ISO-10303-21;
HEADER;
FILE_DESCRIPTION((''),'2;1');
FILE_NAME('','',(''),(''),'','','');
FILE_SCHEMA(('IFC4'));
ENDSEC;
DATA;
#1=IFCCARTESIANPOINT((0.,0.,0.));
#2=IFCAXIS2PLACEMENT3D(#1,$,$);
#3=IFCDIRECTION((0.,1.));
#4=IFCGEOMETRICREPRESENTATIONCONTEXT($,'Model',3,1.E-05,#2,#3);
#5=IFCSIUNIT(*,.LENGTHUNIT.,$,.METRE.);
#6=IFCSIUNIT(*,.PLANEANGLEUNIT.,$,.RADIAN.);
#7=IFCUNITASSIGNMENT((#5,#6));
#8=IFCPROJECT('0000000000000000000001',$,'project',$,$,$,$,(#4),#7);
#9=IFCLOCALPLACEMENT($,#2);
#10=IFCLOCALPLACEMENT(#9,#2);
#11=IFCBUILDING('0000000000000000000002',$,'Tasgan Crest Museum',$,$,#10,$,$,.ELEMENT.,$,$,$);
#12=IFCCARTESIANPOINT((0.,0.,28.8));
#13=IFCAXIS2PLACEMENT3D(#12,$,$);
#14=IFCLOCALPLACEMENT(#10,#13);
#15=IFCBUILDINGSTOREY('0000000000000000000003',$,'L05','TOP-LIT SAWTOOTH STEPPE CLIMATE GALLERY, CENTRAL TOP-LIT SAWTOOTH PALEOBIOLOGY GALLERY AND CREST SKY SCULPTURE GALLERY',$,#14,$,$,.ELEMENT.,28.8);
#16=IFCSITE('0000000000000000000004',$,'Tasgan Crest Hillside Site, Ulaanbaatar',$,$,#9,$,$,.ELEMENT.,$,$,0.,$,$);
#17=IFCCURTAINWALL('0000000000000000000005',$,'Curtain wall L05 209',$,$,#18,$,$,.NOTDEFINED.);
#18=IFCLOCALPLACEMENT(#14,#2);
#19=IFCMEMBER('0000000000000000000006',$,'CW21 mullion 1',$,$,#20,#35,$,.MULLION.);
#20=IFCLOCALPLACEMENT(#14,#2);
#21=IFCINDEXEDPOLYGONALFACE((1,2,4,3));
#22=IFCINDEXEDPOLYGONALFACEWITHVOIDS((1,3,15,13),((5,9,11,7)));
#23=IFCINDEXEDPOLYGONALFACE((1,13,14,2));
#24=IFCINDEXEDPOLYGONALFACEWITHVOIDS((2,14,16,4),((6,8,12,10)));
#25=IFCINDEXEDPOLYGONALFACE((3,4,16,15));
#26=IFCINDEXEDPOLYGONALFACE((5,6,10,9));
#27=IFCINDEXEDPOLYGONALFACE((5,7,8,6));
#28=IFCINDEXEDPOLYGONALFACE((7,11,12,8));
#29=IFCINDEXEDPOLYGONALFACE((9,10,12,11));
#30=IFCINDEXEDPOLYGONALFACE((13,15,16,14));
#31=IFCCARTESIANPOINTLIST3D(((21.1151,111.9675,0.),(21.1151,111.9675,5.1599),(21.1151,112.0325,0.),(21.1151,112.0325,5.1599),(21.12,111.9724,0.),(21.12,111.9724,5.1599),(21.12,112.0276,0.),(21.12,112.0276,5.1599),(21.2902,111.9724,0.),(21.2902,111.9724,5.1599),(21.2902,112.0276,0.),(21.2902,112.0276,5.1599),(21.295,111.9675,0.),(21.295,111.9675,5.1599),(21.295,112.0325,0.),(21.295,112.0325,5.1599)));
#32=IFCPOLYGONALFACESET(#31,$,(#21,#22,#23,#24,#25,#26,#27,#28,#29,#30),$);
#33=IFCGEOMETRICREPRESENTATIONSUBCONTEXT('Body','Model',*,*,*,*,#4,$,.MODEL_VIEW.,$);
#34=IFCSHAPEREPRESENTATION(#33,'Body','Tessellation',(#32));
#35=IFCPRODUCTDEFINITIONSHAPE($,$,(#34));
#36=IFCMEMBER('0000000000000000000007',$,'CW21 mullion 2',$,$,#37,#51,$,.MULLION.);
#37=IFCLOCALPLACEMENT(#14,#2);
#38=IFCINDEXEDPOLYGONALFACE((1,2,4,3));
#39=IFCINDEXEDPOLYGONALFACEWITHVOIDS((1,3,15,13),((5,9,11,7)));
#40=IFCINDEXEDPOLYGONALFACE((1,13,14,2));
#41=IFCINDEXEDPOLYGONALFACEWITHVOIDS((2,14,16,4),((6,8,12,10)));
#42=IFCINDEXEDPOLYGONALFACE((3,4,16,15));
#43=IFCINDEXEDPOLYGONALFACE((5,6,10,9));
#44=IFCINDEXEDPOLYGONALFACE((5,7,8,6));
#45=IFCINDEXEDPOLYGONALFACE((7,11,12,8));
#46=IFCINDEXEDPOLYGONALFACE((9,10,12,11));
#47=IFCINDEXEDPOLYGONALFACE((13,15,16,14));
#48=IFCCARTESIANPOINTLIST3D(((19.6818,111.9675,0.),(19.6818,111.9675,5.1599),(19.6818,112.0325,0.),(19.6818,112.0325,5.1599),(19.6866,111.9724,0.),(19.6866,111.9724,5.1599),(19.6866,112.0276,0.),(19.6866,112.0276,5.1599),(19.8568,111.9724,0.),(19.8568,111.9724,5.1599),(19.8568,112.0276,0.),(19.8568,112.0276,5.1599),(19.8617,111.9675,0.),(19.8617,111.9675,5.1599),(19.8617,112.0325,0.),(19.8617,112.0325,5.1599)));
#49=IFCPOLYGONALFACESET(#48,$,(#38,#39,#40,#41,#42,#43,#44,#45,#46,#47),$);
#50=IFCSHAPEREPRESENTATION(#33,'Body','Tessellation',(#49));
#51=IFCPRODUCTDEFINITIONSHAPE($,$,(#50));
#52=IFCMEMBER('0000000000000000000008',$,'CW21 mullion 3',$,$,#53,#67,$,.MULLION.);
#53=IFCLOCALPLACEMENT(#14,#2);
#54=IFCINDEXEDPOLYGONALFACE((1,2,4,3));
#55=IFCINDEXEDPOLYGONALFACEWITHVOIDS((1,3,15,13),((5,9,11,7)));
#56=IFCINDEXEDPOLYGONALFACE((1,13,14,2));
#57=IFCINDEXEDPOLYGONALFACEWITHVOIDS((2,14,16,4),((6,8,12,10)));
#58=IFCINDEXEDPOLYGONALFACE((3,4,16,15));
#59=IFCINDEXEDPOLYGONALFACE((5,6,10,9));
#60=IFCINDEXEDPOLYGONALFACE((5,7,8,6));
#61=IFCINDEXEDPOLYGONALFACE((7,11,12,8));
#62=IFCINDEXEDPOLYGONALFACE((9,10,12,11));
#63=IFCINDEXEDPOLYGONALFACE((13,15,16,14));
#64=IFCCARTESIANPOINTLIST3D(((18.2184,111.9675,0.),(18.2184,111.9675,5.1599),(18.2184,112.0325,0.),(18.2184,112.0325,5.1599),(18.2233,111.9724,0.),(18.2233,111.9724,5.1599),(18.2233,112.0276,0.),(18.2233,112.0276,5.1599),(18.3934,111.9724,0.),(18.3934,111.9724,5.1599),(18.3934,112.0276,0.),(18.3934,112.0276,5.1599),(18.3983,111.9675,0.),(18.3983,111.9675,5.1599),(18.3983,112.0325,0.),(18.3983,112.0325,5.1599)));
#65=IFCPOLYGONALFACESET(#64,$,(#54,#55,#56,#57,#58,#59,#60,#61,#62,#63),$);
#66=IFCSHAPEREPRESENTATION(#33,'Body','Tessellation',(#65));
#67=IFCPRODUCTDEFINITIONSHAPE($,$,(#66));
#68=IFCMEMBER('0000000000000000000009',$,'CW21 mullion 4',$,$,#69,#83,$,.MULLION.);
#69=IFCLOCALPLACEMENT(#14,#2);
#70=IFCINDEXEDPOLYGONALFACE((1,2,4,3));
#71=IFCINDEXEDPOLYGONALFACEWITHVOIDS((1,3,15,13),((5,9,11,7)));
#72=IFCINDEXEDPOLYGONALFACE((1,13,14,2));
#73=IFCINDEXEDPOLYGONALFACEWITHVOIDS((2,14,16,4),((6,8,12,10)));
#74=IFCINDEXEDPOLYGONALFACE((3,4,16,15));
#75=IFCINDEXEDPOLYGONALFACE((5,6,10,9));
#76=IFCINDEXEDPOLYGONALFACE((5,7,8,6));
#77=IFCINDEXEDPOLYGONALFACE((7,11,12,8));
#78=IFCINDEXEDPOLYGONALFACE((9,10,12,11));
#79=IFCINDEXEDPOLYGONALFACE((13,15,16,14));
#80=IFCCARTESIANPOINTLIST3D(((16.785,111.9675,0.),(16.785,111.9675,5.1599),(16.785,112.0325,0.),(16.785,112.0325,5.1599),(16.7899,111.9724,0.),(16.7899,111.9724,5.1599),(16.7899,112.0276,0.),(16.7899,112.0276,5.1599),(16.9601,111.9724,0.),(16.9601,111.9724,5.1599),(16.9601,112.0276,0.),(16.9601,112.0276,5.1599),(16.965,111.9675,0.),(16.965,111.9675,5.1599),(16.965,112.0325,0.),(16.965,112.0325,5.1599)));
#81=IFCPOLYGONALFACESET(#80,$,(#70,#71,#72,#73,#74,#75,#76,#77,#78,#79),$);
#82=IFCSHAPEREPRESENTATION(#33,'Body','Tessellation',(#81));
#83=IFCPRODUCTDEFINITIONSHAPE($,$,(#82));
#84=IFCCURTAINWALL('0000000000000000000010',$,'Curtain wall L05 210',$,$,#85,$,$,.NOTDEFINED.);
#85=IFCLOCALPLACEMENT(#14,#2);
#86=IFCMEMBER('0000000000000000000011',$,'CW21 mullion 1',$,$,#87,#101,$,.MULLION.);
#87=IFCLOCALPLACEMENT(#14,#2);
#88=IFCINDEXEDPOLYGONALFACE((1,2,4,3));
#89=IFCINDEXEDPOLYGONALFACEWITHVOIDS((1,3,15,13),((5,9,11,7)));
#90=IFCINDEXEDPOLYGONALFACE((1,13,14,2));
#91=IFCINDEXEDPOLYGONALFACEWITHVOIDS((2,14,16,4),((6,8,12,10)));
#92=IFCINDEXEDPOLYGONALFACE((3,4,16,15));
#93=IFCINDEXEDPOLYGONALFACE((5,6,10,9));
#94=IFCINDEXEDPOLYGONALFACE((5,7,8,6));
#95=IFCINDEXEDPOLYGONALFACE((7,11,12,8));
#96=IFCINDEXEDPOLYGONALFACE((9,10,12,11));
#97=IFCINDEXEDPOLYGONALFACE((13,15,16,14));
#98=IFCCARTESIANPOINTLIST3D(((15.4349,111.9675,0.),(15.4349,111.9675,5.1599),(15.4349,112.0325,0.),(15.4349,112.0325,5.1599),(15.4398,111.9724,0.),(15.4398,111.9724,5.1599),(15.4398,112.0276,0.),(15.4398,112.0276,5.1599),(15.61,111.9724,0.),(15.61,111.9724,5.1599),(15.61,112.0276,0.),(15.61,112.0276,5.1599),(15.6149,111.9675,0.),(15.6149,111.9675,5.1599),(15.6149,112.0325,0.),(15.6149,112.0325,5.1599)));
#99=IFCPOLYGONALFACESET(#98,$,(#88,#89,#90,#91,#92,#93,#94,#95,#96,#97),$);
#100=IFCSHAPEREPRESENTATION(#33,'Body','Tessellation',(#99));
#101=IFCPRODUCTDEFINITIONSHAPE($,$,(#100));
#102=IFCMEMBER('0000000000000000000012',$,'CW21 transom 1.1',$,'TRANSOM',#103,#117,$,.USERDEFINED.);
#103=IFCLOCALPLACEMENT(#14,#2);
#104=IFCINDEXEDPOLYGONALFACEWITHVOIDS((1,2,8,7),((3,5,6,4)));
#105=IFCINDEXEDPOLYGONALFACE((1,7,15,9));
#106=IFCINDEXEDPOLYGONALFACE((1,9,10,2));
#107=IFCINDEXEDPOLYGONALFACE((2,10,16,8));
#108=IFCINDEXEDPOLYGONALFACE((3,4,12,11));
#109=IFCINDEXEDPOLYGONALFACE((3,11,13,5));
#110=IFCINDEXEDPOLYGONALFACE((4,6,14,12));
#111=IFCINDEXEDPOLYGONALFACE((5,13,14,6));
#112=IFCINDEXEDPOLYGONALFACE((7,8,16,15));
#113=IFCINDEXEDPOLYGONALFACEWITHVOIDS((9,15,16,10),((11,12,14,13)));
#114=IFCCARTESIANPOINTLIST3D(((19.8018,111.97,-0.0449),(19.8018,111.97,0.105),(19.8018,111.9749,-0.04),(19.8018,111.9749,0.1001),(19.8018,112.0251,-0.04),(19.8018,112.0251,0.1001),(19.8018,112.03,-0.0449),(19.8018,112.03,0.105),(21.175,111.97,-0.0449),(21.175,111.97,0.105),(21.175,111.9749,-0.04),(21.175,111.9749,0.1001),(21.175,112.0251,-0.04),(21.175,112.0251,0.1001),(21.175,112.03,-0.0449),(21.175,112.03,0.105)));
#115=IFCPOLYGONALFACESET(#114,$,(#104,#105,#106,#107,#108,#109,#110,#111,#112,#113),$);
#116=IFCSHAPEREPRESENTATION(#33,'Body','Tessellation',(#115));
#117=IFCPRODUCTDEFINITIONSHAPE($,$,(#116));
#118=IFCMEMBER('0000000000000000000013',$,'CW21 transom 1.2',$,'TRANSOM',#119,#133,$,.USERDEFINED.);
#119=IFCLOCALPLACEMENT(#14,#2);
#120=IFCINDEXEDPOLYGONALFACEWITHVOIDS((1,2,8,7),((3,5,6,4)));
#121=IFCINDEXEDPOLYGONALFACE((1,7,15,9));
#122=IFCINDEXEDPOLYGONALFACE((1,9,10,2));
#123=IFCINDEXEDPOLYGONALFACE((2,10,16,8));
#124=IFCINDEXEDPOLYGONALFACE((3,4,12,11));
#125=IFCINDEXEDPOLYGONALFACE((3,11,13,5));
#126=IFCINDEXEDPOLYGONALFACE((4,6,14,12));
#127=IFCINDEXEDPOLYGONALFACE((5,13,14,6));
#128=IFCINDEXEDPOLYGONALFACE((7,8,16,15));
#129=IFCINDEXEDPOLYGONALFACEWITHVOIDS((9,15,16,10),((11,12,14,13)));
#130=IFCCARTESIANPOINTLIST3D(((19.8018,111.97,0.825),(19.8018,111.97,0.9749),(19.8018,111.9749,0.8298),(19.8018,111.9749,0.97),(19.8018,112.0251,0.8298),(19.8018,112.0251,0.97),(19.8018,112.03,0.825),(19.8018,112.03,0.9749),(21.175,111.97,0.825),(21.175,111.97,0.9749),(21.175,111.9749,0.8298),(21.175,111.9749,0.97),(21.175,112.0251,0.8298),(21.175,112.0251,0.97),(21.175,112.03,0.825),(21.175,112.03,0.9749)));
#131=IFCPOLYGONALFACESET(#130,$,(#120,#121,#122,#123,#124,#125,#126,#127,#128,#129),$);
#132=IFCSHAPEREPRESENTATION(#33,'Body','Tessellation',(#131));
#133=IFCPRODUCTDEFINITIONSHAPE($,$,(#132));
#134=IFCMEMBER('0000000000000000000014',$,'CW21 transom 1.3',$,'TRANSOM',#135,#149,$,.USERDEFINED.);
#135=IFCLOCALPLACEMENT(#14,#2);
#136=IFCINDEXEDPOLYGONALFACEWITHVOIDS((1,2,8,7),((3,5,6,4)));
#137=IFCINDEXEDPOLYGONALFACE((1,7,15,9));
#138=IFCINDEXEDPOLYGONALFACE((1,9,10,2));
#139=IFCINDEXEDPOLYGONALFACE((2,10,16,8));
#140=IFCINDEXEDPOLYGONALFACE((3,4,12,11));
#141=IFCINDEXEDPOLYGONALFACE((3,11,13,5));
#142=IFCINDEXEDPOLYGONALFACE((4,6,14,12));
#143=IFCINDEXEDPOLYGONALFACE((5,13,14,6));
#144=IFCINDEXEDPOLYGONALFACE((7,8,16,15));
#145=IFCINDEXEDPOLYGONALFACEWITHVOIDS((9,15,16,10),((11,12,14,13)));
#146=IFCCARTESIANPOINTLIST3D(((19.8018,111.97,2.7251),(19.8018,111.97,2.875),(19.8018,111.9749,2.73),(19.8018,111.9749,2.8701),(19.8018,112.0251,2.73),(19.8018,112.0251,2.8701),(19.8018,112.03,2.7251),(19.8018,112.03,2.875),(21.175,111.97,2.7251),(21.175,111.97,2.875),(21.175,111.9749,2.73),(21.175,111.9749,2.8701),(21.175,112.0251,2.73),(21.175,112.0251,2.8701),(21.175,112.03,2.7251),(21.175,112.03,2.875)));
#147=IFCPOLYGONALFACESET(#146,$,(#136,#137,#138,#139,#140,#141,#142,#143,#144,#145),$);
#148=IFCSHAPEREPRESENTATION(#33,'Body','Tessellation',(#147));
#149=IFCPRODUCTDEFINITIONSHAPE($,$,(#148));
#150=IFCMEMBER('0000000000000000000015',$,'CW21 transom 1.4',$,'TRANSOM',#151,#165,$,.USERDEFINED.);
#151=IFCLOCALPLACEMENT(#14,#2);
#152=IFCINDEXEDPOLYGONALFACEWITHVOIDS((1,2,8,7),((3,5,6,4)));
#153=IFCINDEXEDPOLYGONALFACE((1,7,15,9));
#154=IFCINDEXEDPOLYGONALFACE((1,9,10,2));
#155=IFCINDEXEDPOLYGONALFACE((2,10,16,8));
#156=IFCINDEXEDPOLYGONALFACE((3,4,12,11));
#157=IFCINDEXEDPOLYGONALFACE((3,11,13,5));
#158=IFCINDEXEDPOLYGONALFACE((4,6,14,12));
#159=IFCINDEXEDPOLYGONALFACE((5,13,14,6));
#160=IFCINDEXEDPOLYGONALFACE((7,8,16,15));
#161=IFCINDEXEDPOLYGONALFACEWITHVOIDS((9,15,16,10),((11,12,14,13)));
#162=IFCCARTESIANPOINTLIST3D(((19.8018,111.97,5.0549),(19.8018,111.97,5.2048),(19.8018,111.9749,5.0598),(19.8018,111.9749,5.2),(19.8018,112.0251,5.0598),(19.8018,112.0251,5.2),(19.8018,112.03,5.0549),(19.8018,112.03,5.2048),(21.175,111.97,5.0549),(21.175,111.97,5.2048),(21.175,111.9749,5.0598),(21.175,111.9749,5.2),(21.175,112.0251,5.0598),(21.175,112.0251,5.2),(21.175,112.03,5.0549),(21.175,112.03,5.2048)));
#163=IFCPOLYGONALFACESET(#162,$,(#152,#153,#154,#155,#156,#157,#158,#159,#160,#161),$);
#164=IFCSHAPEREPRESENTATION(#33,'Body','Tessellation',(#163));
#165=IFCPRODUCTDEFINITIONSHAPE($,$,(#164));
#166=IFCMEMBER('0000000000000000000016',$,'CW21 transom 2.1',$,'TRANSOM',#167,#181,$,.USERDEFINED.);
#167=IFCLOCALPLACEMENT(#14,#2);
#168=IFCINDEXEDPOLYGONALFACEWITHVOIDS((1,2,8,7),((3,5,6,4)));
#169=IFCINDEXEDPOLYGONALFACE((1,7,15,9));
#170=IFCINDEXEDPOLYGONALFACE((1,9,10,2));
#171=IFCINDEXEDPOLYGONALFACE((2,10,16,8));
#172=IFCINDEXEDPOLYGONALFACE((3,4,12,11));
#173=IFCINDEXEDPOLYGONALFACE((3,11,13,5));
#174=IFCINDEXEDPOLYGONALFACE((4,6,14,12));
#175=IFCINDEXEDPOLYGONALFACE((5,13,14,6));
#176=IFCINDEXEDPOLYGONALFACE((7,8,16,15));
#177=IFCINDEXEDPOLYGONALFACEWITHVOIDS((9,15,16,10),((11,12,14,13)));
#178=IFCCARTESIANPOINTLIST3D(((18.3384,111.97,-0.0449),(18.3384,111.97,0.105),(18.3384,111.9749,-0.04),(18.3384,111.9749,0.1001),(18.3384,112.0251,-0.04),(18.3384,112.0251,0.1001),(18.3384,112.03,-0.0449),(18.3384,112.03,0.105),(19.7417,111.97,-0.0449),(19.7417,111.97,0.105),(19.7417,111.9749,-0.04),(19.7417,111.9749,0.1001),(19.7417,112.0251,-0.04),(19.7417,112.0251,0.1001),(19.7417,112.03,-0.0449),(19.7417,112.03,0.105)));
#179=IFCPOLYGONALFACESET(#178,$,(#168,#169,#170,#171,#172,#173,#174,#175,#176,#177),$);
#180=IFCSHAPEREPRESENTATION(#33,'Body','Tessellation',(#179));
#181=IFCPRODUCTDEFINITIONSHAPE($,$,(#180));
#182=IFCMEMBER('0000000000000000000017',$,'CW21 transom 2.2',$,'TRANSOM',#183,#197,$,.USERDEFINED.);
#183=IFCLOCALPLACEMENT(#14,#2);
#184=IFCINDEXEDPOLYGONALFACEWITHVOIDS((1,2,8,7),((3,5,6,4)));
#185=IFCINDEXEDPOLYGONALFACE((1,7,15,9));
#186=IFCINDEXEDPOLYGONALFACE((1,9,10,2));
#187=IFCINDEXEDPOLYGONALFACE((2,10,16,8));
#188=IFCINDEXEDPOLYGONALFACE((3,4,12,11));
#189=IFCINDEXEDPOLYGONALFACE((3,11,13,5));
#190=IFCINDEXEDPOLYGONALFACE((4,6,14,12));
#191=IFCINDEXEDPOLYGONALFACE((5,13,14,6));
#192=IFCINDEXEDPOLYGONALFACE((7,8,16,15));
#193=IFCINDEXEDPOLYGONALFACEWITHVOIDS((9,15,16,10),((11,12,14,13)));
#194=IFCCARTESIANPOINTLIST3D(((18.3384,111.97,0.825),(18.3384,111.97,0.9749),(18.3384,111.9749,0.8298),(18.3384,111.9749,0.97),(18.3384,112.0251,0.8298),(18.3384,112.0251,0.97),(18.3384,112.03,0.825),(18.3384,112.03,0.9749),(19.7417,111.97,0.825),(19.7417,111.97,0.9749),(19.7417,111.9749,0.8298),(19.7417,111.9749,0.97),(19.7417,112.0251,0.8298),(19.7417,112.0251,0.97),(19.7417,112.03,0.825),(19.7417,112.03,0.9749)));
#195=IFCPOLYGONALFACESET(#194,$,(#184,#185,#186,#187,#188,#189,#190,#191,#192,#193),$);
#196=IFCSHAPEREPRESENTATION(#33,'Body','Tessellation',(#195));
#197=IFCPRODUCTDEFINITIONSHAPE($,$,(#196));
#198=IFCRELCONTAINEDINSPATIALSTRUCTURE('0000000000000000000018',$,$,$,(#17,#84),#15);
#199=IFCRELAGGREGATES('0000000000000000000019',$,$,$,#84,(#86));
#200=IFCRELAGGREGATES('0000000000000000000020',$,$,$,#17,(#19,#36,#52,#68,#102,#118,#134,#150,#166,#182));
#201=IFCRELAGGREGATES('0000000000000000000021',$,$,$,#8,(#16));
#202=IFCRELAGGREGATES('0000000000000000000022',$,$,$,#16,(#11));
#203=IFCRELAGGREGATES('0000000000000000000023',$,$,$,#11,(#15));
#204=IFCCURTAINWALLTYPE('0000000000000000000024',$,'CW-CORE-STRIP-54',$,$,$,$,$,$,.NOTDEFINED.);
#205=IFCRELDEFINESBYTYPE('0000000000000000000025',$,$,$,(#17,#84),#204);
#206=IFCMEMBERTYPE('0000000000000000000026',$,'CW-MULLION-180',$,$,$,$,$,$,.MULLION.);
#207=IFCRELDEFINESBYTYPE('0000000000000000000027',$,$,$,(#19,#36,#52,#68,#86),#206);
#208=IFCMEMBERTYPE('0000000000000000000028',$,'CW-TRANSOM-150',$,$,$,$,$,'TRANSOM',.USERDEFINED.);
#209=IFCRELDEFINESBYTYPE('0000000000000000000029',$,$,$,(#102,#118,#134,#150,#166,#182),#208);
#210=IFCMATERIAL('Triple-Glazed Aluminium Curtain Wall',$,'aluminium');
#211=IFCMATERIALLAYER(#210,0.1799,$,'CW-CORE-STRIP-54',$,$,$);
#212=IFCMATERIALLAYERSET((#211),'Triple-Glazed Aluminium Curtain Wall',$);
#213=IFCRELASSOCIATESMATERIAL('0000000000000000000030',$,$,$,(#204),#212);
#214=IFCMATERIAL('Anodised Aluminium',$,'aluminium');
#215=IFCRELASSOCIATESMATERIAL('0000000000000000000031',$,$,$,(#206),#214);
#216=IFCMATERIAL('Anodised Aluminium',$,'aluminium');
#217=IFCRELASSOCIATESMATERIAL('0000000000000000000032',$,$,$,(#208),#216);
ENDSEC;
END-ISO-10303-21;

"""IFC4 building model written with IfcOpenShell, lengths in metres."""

from ifc_helpers import new_model, si_unit, direction, frame, origin, origin_2d, place, context, subcontext, project, spatial, hollow_rectangle, extrude, material, layer, layer_set, material_profile, profile_set, type_object, element, aggregate, save


model = new_model("IFC4")

# Units and contexts
model_context = context("Model", 3, precision=1e-05, world=origin(), true_north=direction((0.0, 1.0)))
body_context = subcontext(model_context, "Body", "Model", "MODEL_VIEW")
ifc_project = project(units=[si_unit("LENGTHUNIT", "METRE"), si_unit("PLANEANGLEUNIT", "RADIAN")], contexts=[model_context])

# Site, building, storey
site_placement = place(None, origin())
site = spatial("IfcSite", under=ifc_project, at=site_placement, Name="Tasgan Crest Hillside Site, Ulaanbaatar", CompositionType="ELEMENT", RefElevation=0.0)
building_placement = place(site_placement, origin())
building = spatial("IfcBuilding", under=site, at=building_placement, Name="Tasgan Crest Museum", CompositionType="ELEMENT")
storey_placement = place(building_placement, frame((0.0, 0.0, 28.8)))
storey = spatial("IfcBuildingStorey", under=building, at=storey_placement, Name="L05", Description="TOP-LIT SAWTOOTH STEPPE CLIMATE GALLERY, CENTRAL TOP-LIT SAWTOOTH PALEOBIOLOGY GALLERY AND CREST SKY SCULPTURE GALLERY", CompositionType="ELEMENT", Elevation=28.8)

# Curtain wall, members
ifc_material_1 = material(Name="Triple-Glazed Aluminium Curtain Wall", Category="aluminium")
ifc_layer_1 = layer(ifc_material_1, 0.1799, Name="CW-CORE-STRIP-54")
ifc_layer_set_1 = layer_set([ifc_layer_1], Name="Triple-Glazed Aluminium Curtain Wall")
curtain_wall_type = type_object("IfcCurtainWallType", Name="CW-CORE-STRIP-54", PredefinedType="NOTDEFINED", material=ifc_layer_set_1)
curtain_wall_1_placement = place(storey_placement, origin())
curtain_wall_1 = element("IfcCurtainWall", 1, at=curtain_wall_1_placement, inside=storey, type_object=curtain_wall_type, Name="Curtain wall L05 209", PredefinedType="NOTDEFINED")
ifc_material_2 = material(Name="Anodised Aluminium", Category="aluminium")
ifc_material_profile_1 = material_profile(ifc_material_2, hollow_rectangle(XDim=0.0649, YDim=0.1799, WallThickness=0.0049, at=origin_2d()), Name="ALU MULLION 180x65x5")
ifc_profile_set_1 = profile_set([ifc_material_profile_1], Name="Anodised Aluminium")
member_type_1 = type_object("IfcMemberType", Name="CW-MULLION-180", PredefinedType="MULLION", material=ifc_profile_set_1)
member_1_placement = place(storey_placement, frame((21.2051, 112.0, 0.0), z_axis=(0.0, 0.0, 1.0), x_axis=(0.0, -1.0, 0.0)))
member_1 = element("IfcMember", 2, at=member_1_placement, type_object=member_type_1, Name="CW21 mullion 1", PredefinedType="MULLION", context=body_context, shape_type="SweptSolid", body=[
    extrude(hollow_rectangle(XDim=0.0649, YDim=0.1799, WallThickness=0.0049, at=origin_2d()), origin(), (0.0, 0.0, 1.0), 5.1599),
])
member_2_placement = place(storey_placement, frame((19.7717, 112.0, 0.0), z_axis=(0.0, 0.0, 1.0), x_axis=(0.0, -1.0, 0.0)))
member_2 = element("IfcMember", 3, at=member_2_placement, type_object=member_type_1, Name="CW21 mullion 2", PredefinedType="MULLION", context=body_context, shape_type="SweptSolid", body=[
    extrude(hollow_rectangle(XDim=0.0649, YDim=0.1799, WallThickness=0.0049, at=origin_2d()), origin(), (0.0, 0.0, 1.0), 5.1599),
])
member_3_placement = place(storey_placement, frame((18.3083, 112.0, 0.0), z_axis=(0.0, 0.0, 1.0), x_axis=(0.0, -1.0, 0.0)))
member_3 = element("IfcMember", 4, at=member_3_placement, type_object=member_type_1, Name="CW21 mullion 3", PredefinedType="MULLION", context=body_context, shape_type="SweptSolid", body=[
    extrude(hollow_rectangle(XDim=0.0649, YDim=0.1799, WallThickness=0.0049, at=origin_2d()), origin(), (0.0, 0.0, 1.0), 5.1599),
])
member_4_placement = place(storey_placement, frame((16.875, 112.0, 0.0), z_axis=(0.0, 0.0, 1.0), x_axis=(0.0, -1.0, 0.0)))
member_4 = element("IfcMember", 5, at=member_4_placement, type_object=member_type_1, Name="CW21 mullion 4", PredefinedType="MULLION", context=body_context, shape_type="SweptSolid", body=[
    extrude(hollow_rectangle(XDim=0.0649, YDim=0.1799, WallThickness=0.0049, at=origin_2d()), origin(), (0.0, 0.0, 1.0), 5.1599),
])

# Curtain wall, member
curtain_wall_2_placement = place(storey_placement, origin())
curtain_wall_2 = element("IfcCurtainWall", 6, at=curtain_wall_2_placement, inside=storey, type_object=curtain_wall_type, Name="Curtain wall L05 210", PredefinedType="NOTDEFINED")
member_5_placement = place(storey_placement, frame((15.5249, 112.0, 0.0), z_axis=(0.0, 0.0, 1.0), x_axis=(0.0, -1.0, 0.0)))
member_5 = element("IfcMember", 7, at=member_5_placement, type_object=member_type_1, Name="CW21 mullion 1", PredefinedType="MULLION", context=body_context, shape_type="SweptSolid", body=[
    extrude(hollow_rectangle(XDim=0.0649, YDim=0.1799, WallThickness=0.0049, at=origin_2d()), origin(), (0.0, 0.0, 1.0), 5.1599),
])

# Members
ifc_material_3 = material(Name="Anodised Aluminium", Category="aluminium")
ifc_material_profile_2 = material_profile(ifc_material_3, hollow_rectangle(XDim=0.0601, YDim=0.1499, WallThickness=0.0049, at=origin_2d()), Name="ALU TRANSOM 150x60x5")
ifc_profile_set_2 = profile_set([ifc_material_profile_2], Name="Anodised Aluminium")
member_type_2 = type_object("IfcMemberType", Name="CW-TRANSOM-150", ElementType="TRANSOM", PredefinedType="USERDEFINED", material=ifc_profile_set_2)
member_6_placement = place(storey_placement, frame((21.175, 112.0, 0.03), z_axis=(-1.0, 0.0, 0.0), x_axis=(0.0, -1.0, 0.0)))
member_6 = element("IfcMember", 8, at=member_6_placement, type_object=member_type_2, Name="CW21 transom 1.1", ObjectType="TRANSOM", PredefinedType="USERDEFINED", context=body_context, shape_type="SweptSolid", body=[
    extrude(hollow_rectangle(XDim=0.0601, YDim=0.1499, WallThickness=0.0049, at=origin_2d()), origin(), (0.0, 0.0, 1.0), 1.3733),
])
member_7_placement = place(storey_placement, frame((21.175, 112.0, 0.8999), z_axis=(-1.0, 0.0, 0.0), x_axis=(0.0, -1.0, 0.0)))
member_7 = element("IfcMember", 9, at=member_7_placement, type_object=member_type_2, Name="CW21 transom 1.2", ObjectType="TRANSOM", PredefinedType="USERDEFINED", context=body_context, shape_type="SweptSolid", body=[
    extrude(hollow_rectangle(XDim=0.0601, YDim=0.1499, WallThickness=0.0049, at=origin_2d()), origin(), (0.0, 0.0, 1.0), 1.3733),
])
member_8_placement = place(storey_placement, frame((21.175, 112.0, 2.8), z_axis=(-1.0, 0.0, 0.0), x_axis=(0.0, -1.0, 0.0)))
member_8 = element("IfcMember", 10, at=member_8_placement, type_object=member_type_2, Name="CW21 transom 1.3", ObjectType="TRANSOM", PredefinedType="USERDEFINED", context=body_context, shape_type="SweptSolid", body=[
    extrude(hollow_rectangle(XDim=0.0601, YDim=0.1499, WallThickness=0.0049, at=origin_2d()), origin(), (0.0, 0.0, 1.0), 1.3733),
])
member_9_placement = place(storey_placement, frame((21.175, 112.0, 5.1299), z_axis=(-1.0, 0.0, 0.0), x_axis=(0.0, -1.0, 0.0)))
member_9 = element("IfcMember", 11, at=member_9_placement, type_object=member_type_2, Name="CW21 transom 1.4", ObjectType="TRANSOM", PredefinedType="USERDEFINED", context=body_context, shape_type="SweptSolid", body=[
    extrude(hollow_rectangle(XDim=0.0601, YDim=0.1499, WallThickness=0.0049, at=origin_2d()), origin(), (0.0, 0.0, 1.0), 1.3733),
])
member_10_placement = place(storey_placement, frame((19.7417, 112.0, 0.03), z_axis=(-1.0, 0.0, 0.0), x_axis=(0.0, -1.0, 0.0)))
member_10 = element("IfcMember", 12, at=member_10_placement, type_object=member_type_2, Name="CW21 transom 2.1", ObjectType="TRANSOM", PredefinedType="USERDEFINED", context=body_context, shape_type="SweptSolid", body=[
    extrude(hollow_rectangle(XDim=0.0601, YDim=0.1499, WallThickness=0.0049, at=origin_2d()), origin(), (0.0, 0.0, 1.0), 1.4033),
])
member_11_placement = place(storey_placement, frame((19.7417, 112.0, 0.8999), z_axis=(-1.0, 0.0, 0.0), x_axis=(0.0, -1.0, 0.0)))
member_11 = element("IfcMember", 13, at=member_11_placement, type_object=member_type_2, Name="CW21 transom 2.2", ObjectType="TRANSOM", PredefinedType="USERDEFINED", context=body_context, shape_type="SweptSolid", body=[
    extrude(hollow_rectangle(XDim=0.0601, YDim=0.1499, WallThickness=0.0049, at=origin_2d()), origin(), (0.0, 0.0, 1.0), 1.4033),
])
aggregate(curtain_wall_2, [member_5])

aggregate(curtain_wall_1, [member_1, member_2, member_3, member_4, member_6, member_7, member_8, member_9, member_10, member_11])

save(model, "model.ifc")
